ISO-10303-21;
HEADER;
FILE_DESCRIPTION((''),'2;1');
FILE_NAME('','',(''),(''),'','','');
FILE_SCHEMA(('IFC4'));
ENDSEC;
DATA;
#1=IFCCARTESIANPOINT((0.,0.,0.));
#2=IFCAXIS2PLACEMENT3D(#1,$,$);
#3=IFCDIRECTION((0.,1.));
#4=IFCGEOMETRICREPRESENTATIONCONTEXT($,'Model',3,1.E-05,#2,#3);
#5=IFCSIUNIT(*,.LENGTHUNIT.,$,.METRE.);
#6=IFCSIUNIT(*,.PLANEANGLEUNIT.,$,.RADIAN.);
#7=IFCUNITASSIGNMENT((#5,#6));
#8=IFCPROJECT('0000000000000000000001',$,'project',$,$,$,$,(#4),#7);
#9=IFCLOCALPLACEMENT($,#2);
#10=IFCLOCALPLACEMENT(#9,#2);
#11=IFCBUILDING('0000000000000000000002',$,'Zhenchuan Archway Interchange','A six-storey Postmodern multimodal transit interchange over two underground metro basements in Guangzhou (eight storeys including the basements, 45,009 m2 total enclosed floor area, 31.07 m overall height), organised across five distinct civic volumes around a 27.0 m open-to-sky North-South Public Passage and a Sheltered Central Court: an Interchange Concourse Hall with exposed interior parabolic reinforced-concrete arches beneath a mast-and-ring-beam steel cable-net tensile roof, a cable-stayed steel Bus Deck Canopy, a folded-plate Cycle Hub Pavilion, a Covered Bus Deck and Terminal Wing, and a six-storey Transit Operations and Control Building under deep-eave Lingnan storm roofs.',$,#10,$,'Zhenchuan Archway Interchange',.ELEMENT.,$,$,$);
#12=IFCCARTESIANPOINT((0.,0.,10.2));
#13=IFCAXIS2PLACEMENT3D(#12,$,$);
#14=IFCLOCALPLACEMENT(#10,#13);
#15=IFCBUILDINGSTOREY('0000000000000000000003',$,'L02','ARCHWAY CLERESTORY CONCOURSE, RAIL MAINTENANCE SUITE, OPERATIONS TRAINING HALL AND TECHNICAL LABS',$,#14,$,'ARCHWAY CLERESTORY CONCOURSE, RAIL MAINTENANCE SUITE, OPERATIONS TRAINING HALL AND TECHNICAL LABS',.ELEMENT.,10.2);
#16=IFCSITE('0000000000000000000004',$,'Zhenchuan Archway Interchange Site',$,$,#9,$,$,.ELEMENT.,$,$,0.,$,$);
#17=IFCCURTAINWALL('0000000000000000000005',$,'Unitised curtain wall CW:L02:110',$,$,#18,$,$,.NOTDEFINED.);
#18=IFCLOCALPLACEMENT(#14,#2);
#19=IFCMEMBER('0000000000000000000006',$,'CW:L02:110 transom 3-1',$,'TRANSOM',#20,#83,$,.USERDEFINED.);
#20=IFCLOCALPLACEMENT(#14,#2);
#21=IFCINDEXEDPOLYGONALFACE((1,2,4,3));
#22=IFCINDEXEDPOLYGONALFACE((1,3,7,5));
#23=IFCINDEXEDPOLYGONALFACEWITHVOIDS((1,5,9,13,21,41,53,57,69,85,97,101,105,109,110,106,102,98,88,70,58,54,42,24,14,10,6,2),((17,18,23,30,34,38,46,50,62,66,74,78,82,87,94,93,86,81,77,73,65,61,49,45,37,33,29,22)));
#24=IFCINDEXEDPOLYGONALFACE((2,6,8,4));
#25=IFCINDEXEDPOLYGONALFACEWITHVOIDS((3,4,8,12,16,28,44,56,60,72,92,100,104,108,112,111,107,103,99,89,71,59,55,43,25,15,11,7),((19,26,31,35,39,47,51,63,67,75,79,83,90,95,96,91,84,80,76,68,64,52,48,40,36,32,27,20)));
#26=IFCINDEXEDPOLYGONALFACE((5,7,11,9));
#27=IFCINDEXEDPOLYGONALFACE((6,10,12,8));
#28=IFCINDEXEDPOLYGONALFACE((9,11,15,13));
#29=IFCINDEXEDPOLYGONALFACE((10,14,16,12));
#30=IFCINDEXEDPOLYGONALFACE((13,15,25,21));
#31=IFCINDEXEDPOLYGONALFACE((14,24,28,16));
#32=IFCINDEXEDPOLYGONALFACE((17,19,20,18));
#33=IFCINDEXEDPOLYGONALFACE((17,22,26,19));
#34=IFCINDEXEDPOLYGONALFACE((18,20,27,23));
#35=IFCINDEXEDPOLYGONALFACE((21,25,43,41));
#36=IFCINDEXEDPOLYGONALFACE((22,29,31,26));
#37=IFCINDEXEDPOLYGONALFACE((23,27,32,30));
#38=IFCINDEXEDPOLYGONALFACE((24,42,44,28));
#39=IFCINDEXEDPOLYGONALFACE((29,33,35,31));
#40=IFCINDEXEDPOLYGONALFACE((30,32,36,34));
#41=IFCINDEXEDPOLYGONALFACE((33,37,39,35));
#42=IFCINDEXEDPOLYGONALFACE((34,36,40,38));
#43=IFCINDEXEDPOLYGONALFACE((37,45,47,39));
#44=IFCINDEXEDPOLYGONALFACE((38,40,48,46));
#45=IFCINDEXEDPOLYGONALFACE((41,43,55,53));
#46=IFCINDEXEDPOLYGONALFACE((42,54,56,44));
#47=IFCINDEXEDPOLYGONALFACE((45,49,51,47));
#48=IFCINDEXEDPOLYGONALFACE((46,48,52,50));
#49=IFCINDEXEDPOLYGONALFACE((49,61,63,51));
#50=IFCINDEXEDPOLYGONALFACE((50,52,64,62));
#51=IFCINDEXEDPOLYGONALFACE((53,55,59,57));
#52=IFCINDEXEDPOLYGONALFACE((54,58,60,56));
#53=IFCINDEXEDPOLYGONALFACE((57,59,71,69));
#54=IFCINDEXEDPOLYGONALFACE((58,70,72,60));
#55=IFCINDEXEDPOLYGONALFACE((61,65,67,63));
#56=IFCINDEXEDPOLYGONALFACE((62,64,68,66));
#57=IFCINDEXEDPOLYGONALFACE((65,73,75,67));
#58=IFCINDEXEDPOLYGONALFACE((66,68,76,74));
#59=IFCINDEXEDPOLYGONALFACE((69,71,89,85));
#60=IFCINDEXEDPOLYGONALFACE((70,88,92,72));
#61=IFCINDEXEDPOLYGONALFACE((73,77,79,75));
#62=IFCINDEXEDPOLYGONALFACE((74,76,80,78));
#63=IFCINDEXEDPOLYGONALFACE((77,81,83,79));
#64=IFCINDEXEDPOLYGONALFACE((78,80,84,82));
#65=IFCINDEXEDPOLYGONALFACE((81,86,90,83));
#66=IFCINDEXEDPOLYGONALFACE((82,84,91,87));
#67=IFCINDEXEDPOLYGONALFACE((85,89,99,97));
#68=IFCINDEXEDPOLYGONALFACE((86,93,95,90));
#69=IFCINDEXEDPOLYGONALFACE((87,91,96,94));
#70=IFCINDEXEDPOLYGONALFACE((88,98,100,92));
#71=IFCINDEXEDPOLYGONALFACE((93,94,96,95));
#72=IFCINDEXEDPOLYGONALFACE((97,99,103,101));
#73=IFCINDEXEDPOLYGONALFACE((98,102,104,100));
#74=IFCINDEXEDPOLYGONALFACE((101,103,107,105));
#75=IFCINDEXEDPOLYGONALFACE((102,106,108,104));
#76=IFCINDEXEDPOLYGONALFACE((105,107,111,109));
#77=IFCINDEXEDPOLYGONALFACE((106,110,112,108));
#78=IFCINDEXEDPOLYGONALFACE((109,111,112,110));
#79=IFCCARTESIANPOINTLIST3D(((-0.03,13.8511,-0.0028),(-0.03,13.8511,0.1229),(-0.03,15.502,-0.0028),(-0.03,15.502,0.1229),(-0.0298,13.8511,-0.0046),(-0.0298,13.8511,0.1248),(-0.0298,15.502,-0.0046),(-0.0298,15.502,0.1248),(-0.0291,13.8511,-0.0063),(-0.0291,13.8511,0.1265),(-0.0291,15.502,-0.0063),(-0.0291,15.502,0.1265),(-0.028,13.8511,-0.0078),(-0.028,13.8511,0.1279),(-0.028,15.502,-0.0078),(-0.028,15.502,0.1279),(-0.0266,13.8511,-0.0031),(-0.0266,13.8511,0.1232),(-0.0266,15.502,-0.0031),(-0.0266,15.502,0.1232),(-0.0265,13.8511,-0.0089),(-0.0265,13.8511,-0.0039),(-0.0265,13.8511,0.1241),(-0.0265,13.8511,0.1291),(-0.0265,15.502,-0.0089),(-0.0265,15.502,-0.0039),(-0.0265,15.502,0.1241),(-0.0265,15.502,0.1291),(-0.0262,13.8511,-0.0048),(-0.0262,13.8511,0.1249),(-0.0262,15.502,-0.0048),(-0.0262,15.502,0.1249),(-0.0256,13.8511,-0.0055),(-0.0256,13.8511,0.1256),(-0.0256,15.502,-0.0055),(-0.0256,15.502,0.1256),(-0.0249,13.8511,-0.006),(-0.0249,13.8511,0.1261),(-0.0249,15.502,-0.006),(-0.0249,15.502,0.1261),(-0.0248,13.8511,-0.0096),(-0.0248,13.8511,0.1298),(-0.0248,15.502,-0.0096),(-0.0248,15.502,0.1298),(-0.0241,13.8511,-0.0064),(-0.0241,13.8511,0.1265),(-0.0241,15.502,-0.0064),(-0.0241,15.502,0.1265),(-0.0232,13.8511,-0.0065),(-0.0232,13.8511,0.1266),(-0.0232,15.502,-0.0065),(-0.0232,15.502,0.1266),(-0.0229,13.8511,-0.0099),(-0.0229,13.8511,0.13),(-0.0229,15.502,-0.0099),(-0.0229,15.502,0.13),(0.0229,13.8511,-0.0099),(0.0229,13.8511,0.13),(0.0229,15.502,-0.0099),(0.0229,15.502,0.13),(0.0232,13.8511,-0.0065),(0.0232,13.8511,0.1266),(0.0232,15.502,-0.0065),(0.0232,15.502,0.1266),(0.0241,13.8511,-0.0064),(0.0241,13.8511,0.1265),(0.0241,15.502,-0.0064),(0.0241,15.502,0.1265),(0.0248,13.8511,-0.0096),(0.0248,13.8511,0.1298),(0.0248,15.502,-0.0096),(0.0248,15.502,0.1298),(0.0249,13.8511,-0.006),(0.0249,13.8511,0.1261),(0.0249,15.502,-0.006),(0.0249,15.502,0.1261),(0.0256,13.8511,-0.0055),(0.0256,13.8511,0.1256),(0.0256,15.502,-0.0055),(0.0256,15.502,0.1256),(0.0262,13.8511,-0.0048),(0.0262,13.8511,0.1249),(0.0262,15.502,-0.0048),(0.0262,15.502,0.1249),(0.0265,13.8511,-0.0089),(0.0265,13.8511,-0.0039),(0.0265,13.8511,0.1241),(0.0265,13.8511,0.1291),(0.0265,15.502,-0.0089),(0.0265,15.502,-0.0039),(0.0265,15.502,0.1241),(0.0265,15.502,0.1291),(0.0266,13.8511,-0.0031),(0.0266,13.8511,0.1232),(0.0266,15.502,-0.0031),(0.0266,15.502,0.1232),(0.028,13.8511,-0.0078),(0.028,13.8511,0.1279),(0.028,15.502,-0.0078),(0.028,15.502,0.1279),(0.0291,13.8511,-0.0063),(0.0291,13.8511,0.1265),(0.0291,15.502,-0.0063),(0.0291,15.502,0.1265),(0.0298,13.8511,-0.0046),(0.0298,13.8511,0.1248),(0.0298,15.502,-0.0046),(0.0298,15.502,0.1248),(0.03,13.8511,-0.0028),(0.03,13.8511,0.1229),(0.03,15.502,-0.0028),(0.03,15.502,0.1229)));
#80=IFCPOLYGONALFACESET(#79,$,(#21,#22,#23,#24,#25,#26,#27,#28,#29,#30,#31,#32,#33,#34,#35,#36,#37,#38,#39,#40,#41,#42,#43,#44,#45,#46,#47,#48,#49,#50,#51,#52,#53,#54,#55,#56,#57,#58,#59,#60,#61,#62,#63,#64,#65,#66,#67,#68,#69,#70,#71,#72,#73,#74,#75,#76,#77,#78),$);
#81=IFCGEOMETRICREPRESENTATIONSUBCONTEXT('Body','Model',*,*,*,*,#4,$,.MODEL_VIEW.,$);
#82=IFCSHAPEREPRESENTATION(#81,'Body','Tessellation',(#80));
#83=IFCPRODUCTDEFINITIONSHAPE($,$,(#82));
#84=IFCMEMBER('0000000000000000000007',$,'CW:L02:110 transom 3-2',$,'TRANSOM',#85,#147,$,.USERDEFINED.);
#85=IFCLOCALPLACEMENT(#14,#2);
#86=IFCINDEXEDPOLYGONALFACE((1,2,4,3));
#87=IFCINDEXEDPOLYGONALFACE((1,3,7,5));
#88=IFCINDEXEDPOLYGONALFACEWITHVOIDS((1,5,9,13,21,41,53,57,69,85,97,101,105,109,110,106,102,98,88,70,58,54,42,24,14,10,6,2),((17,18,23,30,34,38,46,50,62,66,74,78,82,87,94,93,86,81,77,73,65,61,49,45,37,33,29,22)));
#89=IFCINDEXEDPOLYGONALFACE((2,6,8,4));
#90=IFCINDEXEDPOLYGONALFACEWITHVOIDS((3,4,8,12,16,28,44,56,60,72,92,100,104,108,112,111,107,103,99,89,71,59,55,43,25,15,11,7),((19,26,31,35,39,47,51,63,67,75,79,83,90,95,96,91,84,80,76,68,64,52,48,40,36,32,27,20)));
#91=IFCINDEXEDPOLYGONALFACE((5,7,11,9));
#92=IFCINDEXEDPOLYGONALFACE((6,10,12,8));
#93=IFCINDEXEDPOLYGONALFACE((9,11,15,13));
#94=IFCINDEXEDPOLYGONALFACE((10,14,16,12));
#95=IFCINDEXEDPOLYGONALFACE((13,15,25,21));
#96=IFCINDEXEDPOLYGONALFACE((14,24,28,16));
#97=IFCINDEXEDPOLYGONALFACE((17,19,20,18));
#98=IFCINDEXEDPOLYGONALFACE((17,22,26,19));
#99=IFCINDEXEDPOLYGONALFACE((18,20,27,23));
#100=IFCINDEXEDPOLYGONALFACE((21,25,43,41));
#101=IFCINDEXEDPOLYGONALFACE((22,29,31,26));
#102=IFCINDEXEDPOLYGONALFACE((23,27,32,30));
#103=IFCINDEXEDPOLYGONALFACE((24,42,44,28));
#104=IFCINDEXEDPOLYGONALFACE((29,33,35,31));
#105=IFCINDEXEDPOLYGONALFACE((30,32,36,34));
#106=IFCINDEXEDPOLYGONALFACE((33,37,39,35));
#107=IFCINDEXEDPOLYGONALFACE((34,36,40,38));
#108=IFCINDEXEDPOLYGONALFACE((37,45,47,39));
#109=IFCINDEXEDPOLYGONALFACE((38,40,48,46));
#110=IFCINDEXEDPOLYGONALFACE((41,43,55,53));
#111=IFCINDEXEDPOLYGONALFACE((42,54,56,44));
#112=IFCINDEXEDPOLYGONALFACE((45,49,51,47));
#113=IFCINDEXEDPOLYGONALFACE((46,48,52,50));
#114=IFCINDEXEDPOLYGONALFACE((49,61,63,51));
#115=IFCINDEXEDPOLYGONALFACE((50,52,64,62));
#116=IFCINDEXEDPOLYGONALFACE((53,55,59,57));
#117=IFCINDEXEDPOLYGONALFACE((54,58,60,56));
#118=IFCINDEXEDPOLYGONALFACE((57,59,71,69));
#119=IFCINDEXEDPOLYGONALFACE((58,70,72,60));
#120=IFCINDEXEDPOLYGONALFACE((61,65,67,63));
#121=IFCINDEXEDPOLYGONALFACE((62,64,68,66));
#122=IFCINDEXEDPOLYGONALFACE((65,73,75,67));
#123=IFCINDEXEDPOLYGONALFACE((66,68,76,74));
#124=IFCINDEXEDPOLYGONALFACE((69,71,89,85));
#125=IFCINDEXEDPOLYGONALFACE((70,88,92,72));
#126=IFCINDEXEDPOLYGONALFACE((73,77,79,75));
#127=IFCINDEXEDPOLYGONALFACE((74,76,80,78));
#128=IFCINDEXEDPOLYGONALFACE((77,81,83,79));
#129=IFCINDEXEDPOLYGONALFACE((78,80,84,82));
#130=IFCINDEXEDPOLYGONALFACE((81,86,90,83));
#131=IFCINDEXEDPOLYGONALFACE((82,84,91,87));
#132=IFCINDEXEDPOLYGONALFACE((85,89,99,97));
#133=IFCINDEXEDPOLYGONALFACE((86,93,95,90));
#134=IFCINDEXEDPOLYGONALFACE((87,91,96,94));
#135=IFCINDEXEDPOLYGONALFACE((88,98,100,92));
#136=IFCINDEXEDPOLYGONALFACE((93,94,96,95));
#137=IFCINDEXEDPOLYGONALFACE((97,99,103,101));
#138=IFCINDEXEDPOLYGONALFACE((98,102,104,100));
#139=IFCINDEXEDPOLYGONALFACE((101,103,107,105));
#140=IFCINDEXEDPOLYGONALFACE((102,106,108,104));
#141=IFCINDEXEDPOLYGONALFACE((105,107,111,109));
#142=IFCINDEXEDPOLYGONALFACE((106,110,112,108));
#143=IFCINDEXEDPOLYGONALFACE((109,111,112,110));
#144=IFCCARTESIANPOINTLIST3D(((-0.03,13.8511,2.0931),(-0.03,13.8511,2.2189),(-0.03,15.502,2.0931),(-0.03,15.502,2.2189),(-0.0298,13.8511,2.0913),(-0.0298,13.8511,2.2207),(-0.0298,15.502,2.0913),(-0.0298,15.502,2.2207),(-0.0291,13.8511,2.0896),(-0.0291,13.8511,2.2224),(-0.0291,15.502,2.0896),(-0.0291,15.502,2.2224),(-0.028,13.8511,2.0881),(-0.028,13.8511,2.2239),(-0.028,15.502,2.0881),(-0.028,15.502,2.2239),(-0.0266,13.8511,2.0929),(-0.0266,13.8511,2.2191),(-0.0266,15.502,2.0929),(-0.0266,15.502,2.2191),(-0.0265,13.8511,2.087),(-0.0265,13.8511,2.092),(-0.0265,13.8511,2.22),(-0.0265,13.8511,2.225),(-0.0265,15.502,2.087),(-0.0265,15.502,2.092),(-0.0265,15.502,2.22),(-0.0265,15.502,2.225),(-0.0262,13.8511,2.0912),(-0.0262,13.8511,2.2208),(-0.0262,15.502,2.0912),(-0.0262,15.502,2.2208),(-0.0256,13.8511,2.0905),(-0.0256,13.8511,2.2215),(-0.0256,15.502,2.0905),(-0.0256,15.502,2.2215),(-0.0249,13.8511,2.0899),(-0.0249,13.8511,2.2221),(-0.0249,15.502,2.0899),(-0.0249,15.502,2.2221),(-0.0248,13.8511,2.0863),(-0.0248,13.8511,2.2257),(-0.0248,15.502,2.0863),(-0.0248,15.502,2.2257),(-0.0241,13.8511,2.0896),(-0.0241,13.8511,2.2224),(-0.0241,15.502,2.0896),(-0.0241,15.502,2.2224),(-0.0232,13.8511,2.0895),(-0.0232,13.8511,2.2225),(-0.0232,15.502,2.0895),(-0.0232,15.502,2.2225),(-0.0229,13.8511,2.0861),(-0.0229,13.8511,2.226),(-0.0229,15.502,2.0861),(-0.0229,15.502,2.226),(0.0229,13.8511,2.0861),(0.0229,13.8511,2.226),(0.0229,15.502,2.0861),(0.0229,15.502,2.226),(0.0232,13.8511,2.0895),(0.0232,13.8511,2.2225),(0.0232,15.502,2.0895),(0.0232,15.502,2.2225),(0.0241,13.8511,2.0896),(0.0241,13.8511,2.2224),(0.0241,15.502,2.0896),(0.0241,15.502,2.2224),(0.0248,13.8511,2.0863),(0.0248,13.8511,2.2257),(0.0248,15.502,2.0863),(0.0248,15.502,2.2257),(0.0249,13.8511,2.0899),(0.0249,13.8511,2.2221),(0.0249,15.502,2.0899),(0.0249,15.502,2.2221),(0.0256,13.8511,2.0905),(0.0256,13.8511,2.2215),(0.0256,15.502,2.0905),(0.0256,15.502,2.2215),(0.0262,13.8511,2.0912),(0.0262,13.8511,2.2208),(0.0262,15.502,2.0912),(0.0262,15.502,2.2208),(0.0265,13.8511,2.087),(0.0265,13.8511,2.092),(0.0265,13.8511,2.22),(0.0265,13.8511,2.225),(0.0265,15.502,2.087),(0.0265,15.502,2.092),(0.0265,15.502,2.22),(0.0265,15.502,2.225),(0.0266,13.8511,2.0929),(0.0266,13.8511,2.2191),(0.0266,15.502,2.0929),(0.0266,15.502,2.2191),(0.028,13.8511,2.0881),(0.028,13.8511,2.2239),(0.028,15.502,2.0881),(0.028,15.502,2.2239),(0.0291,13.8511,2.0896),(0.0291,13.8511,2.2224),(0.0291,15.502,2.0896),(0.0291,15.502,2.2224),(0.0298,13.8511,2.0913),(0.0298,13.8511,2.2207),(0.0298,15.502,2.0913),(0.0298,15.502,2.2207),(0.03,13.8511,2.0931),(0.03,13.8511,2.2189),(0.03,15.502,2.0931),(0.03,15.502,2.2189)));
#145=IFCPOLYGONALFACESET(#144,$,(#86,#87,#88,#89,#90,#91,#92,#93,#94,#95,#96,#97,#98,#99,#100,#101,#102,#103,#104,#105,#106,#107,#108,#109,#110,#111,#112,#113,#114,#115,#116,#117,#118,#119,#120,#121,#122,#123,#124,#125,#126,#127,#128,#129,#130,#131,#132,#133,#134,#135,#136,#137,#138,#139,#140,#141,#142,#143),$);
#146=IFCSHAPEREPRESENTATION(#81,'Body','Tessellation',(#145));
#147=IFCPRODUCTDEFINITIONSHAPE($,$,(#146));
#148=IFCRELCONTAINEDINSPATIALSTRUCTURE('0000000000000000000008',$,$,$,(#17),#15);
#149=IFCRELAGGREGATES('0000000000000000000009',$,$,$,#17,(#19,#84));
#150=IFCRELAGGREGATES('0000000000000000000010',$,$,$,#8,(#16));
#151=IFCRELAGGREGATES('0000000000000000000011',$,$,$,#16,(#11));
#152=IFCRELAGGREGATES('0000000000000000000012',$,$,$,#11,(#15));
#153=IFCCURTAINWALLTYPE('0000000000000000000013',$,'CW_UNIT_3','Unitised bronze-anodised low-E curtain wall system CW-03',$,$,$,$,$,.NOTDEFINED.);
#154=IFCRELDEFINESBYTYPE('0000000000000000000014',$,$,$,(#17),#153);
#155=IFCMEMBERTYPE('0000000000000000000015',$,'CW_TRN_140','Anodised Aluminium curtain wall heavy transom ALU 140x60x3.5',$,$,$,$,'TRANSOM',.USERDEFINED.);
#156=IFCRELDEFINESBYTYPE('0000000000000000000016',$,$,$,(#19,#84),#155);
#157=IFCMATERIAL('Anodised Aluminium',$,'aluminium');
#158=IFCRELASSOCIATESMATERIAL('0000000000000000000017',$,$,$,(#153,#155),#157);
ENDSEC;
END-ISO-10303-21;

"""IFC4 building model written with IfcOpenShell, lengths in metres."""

from ifc_helpers import new_model, si_unit, direction, frame, origin, origin_2d, place, context, subcontext, project, spatial, hollow_rectangle, extrude, material, material_profile, profile_set, type_object, element, aggregate, save


model = new_model("IFC4")

# Units and contexts
model_context = context("Model", 3, precision=1e-05, world=origin(), true_north=direction((0.0, 1.0)))
body_context = subcontext(model_context, "Body", "Model", "MODEL_VIEW")
ifc_project = project(units=[si_unit("LENGTHUNIT", "METRE"), si_unit("PLANEANGLEUNIT", "RADIAN")], contexts=[model_context])

# Site, building, storey
site_placement = place(None, origin())
site = spatial("IfcSite", under=ifc_project, at=site_placement, Name="Zhenchuan Archway Interchange Site", CompositionType="ELEMENT", RefElevation=0.0)
building_placement = place(site_placement, origin())
building = spatial("IfcBuilding", under=site, at=building_placement, Name="Zhenchuan Archway Interchange", Description="A six-storey Postmodern multimodal transit interchange over two underground metro basements in Guangzhou (eight storeys including the basements, 45,009 m2 total enclosed floor area, 31.07 m overall height), organised across five distinct civic volumes around a 27.0 m open-to-sky North-South Public Passage and a Sheltered Central Court: an Interchange Concourse Hall with exposed interior parabolic reinforced-concrete arches beneath a mast-and-ring-beam steel cable-net tensile roof, a cable-stayed steel Bus Deck Canopy, a folded-plate Cycle Hub Pavilion, a Covered Bus Deck and Terminal Wing, and a six-storey Transit Operations and Control Building under deep-eave Lingnan storm roofs.", LongName="Zhenchuan Archway Interchange", CompositionType="ELEMENT")
storey_placement = place(building_placement, frame((0.0, 0.0, 10.2)))
storey = spatial("IfcBuildingStorey", under=building, at=storey_placement, Name="L02", Description="ARCHWAY CLERESTORY CONCOURSE, RAIL MAINTENANCE SUITE, OPERATIONS TRAINING HALL AND TECHNICAL LABS", LongName="ARCHWAY CLERESTORY CONCOURSE, RAIL MAINTENANCE SUITE, OPERATIONS TRAINING HALL AND TECHNICAL LABS", CompositionType="ELEMENT", Elevation=10.2)

# Curtain wall
ifc_material_1 = material(Name="Anodised Aluminium", Category="aluminium")
curtain_wall_type_1 = type_object("IfcCurtainWallType", Name="CW_UNIT_3", Description="Unitised bronze-anodised low-E curtain wall system CW-03", PredefinedType="NOTDEFINED", material=ifc_material_1)
curtain_wall_1_placement = place(storey_placement, origin())
curtain_wall_1 = element("IfcCurtainWall", 1, at=curtain_wall_1_placement, inside=storey, type_object=curtain_wall_type_1, Name="Unitised curtain wall CW:L02:110", PredefinedType="NOTDEFINED")

# Members
ifc_material_profile_1 = material_profile(ifc_material_1, hollow_rectangle(XDim=0.0601, YDim=0.1399, WallThickness=0.0034, InnerFilletRadius=0.0034, OuterFilletRadius=0.0071, at=origin_2d()), Name="ALU 140x60x3.5")
ifc_profile_set_1 = profile_set([ifc_material_profile_1], Name="Anodised Aluminium")
member_type_1 = type_object("IfcMemberType", Name="CW_TRN_140", Description="Anodised Aluminium curtain wall heavy transom ALU 140x60x3.5", ElementType="TRANSOM", PredefinedType="USERDEFINED", material=ifc_profile_set_1)
member_1_placement = place(storey_placement, frame((0.0, 13.8511, 0.0601), z_axis=(0.0, 1.0, 0.0), x_axis=(-1.0, 0.0, 0.0)))
member_1 = element("IfcMember", 2, at=member_1_placement, type_object=member_type_1, Name="CW:L02:110 transom 3-1", ObjectType="TRANSOM", PredefinedType="USERDEFINED", context=body_context, shape_type="SweptSolid", body=[
    extrude(hollow_rectangle(XDim=0.0601, YDim=0.1399, WallThickness=0.0034, InnerFilletRadius=0.0034, OuterFilletRadius=0.0071, at=origin_2d()), origin(), (0.0, 0.0, 1.0), 1.6509),
])
member_2_placement = place(storey_placement, frame((0.0, 13.8511, 2.156), z_axis=(0.0, 1.0, 0.0), x_axis=(-1.0, 0.0, 0.0)))
member_2 = element("IfcMember", 3, at=member_2_placement, type_object=member_type_1, Name="CW:L02:110 transom 3-2", ObjectType="TRANSOM", PredefinedType="USERDEFINED", context=body_context, shape_type="SweptSolid", body=[
    extrude(hollow_rectangle(XDim=0.0601, YDim=0.1399, WallThickness=0.0034, InnerFilletRadius=0.0034, OuterFilletRadius=0.0071, at=origin_2d()), origin(), (0.0, 0.0, 1.0), 1.6509),
])

aggregate(curtain_wall_1, [member_1, member_2])

save(model, "model.ifc")
